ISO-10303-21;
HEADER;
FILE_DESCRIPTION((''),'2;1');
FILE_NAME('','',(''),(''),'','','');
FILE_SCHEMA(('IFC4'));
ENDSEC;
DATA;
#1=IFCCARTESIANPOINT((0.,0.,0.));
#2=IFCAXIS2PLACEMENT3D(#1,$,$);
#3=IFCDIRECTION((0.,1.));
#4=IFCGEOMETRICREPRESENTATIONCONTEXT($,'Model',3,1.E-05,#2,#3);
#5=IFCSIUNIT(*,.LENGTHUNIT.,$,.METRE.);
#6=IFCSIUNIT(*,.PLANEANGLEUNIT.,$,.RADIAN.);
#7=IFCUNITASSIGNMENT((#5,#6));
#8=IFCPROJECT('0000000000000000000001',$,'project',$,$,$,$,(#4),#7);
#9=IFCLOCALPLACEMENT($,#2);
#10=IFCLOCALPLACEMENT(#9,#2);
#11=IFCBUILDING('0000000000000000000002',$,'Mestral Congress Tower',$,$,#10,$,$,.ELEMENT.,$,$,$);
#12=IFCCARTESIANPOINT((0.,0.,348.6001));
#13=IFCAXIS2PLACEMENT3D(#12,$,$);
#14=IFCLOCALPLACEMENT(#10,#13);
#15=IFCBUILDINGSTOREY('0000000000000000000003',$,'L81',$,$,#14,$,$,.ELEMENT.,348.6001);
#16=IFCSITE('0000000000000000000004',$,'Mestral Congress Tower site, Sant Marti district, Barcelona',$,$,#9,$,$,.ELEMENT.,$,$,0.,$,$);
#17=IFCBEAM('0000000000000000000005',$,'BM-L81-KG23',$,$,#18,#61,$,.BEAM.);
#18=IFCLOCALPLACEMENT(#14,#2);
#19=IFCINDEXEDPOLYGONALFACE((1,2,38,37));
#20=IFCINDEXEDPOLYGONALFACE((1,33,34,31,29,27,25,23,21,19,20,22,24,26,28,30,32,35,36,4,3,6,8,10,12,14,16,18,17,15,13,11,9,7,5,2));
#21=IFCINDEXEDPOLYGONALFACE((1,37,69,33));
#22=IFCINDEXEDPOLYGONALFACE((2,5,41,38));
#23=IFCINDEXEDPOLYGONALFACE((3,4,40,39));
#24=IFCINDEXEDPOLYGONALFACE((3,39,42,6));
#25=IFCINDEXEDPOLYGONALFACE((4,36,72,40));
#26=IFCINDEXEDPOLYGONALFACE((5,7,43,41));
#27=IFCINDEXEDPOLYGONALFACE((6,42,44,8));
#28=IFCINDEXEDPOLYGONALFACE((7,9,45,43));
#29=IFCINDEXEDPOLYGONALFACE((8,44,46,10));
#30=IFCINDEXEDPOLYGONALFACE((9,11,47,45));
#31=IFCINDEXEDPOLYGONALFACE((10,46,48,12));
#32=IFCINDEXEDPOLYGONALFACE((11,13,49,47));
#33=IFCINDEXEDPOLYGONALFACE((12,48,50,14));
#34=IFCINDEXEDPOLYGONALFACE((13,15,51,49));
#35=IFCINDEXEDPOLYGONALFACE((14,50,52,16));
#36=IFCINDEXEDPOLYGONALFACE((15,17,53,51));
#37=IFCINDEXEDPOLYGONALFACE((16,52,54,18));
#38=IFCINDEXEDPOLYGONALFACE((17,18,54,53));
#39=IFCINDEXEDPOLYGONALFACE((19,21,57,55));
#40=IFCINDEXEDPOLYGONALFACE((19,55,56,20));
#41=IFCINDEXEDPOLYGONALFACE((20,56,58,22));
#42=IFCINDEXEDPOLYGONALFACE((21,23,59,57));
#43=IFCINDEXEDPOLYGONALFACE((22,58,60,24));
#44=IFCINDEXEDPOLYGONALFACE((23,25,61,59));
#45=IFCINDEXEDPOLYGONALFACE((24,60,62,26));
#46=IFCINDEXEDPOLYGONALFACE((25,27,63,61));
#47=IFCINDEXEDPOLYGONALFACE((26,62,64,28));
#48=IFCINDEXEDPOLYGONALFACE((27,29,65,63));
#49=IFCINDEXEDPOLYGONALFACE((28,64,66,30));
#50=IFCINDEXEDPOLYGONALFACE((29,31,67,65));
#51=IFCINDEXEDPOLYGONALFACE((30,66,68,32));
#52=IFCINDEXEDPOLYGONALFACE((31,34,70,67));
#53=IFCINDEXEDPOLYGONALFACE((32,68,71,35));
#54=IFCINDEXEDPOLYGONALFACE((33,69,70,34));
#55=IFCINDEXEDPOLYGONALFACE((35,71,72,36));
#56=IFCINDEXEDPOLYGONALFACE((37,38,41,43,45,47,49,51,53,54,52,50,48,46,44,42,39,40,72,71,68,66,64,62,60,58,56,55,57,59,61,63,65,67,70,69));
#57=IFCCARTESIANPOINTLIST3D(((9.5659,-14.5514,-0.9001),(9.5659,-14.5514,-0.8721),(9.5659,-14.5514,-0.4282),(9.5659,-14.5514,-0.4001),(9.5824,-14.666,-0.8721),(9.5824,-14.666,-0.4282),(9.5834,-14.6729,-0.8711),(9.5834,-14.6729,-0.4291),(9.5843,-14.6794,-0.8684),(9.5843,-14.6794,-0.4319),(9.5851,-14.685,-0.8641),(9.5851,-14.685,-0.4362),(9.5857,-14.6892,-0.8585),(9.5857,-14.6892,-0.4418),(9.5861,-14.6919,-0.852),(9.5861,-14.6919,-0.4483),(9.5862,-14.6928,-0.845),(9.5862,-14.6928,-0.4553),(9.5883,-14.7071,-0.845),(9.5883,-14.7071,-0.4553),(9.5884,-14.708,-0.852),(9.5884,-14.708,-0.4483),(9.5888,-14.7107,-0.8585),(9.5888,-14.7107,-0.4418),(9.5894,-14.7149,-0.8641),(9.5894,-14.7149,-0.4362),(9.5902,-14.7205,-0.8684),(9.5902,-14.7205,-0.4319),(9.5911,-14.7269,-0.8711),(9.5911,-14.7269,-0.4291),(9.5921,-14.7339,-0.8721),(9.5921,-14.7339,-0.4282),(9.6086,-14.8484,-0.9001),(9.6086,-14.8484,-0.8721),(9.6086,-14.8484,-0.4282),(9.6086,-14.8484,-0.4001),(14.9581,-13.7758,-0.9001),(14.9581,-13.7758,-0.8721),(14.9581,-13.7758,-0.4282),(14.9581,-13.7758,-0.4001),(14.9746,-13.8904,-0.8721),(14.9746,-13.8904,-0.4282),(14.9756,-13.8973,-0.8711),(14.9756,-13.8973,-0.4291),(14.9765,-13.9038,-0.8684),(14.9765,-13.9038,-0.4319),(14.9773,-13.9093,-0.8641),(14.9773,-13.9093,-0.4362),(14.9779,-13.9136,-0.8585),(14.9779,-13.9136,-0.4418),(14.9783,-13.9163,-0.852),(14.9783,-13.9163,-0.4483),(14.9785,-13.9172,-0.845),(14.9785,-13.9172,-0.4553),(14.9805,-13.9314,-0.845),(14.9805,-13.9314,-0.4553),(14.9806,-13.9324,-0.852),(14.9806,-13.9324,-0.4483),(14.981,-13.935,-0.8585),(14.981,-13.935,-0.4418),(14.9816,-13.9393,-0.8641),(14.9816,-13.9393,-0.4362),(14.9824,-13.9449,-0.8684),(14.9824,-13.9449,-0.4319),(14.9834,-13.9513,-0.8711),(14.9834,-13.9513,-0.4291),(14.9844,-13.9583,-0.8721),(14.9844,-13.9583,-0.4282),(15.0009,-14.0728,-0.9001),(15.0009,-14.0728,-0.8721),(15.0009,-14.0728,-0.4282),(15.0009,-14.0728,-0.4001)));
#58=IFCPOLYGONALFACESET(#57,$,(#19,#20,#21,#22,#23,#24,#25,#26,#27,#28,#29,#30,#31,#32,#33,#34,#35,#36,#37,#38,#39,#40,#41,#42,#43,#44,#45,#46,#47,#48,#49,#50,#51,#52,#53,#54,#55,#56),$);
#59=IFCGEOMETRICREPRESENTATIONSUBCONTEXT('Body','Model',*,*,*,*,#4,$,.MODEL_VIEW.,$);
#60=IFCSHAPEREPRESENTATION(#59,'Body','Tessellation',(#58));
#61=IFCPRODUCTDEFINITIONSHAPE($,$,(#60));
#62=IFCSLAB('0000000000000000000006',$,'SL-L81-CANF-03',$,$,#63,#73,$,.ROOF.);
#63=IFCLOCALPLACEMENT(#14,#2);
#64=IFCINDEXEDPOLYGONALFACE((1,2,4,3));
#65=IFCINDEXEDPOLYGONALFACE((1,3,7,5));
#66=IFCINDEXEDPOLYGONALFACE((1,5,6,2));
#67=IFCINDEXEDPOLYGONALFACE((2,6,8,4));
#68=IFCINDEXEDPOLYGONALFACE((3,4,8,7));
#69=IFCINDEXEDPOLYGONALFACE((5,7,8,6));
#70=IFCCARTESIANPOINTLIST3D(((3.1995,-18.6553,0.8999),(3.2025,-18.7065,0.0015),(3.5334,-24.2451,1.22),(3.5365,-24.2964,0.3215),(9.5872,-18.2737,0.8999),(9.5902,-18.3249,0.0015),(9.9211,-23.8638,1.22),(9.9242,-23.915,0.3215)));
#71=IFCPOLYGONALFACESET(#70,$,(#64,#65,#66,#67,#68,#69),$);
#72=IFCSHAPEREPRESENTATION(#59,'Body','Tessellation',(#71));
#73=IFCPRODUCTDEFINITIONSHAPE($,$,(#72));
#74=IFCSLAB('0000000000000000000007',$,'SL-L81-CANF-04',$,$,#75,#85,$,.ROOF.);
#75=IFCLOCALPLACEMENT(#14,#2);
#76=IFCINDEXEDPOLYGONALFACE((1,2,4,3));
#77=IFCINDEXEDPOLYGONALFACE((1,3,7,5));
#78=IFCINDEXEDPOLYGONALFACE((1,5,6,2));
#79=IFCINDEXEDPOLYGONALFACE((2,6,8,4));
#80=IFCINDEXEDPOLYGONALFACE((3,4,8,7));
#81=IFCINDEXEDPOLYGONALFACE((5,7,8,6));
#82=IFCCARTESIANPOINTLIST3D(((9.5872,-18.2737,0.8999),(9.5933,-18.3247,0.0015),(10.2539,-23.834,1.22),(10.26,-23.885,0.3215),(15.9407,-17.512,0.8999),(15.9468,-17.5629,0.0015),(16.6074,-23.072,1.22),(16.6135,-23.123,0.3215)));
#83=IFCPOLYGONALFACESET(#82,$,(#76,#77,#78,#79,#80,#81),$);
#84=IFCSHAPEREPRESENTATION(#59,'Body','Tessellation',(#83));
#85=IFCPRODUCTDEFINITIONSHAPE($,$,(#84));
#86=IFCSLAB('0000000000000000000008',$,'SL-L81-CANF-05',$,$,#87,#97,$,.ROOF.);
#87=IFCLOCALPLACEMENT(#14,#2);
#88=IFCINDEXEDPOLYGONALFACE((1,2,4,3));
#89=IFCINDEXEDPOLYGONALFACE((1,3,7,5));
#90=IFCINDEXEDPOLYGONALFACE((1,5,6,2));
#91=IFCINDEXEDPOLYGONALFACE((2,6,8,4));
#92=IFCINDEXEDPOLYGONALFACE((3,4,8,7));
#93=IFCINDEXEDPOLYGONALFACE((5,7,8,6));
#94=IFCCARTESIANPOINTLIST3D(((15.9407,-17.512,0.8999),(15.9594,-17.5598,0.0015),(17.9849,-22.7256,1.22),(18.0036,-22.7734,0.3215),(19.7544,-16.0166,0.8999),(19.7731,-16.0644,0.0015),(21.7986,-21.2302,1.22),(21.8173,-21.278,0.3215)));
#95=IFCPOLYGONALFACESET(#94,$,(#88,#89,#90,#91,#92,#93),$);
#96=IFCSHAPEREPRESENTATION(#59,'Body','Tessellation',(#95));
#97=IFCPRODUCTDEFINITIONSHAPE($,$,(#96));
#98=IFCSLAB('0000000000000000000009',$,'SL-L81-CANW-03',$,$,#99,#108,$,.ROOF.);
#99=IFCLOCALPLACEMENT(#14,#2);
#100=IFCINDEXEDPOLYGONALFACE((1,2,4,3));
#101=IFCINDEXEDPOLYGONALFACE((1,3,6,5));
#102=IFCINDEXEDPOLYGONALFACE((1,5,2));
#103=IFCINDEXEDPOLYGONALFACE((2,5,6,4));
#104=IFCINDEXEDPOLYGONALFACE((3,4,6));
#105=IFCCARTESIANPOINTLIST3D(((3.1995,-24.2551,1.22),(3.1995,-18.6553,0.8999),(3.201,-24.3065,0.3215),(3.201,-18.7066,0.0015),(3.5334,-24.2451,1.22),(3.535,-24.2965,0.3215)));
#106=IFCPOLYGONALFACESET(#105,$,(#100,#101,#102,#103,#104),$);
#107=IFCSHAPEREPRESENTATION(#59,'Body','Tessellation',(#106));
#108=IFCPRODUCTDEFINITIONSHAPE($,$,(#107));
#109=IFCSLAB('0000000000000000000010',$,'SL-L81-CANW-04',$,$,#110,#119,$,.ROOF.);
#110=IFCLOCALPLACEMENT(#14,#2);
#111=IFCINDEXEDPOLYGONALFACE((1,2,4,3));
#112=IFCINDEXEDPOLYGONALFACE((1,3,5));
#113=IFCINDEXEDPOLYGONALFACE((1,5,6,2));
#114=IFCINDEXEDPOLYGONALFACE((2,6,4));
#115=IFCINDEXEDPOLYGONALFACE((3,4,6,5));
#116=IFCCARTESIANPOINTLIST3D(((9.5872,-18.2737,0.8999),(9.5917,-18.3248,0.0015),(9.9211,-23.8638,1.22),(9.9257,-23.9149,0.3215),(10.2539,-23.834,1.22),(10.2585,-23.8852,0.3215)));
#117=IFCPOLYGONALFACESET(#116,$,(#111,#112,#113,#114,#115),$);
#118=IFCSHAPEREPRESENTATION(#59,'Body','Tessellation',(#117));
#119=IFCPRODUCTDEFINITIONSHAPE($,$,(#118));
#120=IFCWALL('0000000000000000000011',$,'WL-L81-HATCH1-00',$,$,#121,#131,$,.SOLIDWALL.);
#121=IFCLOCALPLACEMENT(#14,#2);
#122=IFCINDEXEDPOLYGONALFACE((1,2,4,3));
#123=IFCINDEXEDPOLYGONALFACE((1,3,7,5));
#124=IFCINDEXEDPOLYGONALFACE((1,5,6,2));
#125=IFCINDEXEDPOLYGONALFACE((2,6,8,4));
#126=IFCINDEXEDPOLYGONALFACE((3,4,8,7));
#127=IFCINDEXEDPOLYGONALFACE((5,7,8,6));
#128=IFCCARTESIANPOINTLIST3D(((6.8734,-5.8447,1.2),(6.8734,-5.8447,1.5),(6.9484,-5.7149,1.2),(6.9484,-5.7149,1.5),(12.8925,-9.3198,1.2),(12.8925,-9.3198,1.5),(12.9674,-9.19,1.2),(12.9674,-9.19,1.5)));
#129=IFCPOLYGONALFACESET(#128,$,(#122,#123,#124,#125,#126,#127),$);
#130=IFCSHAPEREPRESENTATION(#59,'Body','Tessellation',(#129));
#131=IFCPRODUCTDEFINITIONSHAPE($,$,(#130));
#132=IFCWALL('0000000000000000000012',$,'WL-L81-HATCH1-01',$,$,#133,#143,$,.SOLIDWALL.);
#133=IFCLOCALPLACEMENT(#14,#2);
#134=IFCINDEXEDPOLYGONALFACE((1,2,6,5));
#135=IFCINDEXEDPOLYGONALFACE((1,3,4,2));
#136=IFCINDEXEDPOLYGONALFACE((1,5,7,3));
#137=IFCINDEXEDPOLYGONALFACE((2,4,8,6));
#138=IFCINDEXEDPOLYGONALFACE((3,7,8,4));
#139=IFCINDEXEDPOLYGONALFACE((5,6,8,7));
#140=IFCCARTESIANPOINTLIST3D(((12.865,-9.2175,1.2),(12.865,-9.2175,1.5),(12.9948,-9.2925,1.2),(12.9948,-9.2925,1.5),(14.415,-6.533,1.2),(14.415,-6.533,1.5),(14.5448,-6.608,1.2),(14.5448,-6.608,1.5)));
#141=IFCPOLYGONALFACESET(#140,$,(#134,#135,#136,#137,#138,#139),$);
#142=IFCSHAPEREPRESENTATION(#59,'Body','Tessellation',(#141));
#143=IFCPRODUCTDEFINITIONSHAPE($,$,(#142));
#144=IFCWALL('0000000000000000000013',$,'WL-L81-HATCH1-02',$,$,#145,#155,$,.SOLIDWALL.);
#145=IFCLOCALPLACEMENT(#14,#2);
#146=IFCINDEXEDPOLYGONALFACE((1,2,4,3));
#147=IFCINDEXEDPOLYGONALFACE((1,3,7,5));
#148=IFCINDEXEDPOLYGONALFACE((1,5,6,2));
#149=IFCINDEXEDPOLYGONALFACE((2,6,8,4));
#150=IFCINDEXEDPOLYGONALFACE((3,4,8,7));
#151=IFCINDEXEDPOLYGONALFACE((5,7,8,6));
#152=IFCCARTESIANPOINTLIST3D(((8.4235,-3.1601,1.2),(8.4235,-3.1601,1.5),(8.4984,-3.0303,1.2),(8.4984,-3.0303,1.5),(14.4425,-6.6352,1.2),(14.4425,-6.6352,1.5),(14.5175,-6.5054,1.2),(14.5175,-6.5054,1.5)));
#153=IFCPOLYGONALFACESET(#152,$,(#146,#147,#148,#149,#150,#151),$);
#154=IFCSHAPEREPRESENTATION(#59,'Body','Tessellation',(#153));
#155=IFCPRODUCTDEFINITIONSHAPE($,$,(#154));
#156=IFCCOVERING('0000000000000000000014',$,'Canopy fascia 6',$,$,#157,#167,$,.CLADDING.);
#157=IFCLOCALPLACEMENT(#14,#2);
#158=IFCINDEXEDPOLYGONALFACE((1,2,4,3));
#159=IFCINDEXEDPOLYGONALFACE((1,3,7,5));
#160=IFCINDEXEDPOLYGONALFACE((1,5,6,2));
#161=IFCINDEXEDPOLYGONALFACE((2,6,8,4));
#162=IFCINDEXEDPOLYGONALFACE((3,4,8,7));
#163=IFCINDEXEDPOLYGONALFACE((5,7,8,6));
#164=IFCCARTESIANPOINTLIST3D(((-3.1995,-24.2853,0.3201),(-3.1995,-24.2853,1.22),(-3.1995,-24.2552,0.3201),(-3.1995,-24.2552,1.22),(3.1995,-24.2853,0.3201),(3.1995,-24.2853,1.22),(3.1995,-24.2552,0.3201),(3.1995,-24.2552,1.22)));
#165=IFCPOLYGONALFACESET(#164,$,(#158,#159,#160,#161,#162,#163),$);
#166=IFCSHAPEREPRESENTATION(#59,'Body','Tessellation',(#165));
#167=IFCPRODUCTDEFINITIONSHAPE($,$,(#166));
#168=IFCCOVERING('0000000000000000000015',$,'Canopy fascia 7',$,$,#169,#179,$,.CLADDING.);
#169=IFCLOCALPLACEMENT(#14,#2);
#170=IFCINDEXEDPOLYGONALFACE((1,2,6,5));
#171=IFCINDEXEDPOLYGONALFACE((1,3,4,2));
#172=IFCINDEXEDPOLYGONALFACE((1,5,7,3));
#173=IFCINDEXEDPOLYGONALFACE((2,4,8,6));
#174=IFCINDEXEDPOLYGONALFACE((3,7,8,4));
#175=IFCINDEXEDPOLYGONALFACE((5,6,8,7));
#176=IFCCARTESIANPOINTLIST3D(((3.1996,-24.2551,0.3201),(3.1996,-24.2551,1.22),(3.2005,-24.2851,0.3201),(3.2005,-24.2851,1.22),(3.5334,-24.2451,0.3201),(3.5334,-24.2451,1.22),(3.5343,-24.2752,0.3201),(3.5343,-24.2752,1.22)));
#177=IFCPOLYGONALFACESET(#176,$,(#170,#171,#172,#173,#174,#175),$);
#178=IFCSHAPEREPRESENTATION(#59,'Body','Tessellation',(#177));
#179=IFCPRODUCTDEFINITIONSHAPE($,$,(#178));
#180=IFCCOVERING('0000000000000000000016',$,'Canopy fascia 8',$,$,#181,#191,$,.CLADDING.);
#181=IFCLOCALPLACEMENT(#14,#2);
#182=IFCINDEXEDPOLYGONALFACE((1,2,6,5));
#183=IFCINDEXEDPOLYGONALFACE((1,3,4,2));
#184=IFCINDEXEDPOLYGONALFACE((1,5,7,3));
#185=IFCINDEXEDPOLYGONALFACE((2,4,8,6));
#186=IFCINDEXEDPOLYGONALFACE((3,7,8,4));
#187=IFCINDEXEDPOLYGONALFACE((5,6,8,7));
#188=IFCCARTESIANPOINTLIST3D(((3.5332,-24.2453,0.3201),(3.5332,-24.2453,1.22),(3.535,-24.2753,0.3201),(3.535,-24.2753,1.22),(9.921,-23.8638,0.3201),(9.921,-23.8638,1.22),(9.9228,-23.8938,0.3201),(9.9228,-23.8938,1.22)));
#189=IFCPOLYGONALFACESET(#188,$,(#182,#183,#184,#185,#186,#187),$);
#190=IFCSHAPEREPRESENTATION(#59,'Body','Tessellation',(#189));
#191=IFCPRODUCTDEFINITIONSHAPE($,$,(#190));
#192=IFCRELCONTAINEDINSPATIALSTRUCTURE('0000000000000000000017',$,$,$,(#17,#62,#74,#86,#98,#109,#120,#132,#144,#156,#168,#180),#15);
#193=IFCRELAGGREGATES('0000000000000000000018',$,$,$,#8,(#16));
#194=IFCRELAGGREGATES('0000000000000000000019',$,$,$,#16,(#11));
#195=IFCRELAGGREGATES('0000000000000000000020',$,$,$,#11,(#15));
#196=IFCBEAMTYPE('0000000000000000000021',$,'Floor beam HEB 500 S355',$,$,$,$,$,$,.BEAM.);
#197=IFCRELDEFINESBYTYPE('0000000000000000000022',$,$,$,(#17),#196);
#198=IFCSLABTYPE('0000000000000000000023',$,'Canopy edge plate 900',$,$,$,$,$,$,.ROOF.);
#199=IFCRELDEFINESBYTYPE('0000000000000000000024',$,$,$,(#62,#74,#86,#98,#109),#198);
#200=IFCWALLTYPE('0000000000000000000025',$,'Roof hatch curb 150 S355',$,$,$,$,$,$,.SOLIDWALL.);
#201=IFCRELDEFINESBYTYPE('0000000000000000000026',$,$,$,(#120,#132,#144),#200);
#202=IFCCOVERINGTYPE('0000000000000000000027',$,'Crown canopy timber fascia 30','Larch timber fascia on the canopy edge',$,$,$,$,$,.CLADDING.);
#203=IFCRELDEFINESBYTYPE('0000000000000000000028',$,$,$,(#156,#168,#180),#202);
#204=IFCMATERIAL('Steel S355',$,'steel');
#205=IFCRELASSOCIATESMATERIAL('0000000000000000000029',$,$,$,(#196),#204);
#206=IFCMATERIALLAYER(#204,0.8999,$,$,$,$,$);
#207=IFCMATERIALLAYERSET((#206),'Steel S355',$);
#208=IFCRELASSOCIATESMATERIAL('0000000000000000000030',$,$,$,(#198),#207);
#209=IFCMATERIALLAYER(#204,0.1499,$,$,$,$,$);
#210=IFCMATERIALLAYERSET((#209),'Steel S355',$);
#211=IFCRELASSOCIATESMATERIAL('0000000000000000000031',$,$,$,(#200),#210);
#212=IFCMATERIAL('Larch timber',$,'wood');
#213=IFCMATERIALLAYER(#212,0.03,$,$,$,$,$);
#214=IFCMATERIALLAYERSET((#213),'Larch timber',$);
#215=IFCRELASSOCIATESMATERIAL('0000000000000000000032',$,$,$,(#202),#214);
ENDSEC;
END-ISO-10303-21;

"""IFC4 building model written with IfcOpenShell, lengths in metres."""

from ifc_helpers import new_model, si_unit, direction, frame, frame_2d, origin, origin_2d, place, context, subcontext, project, spatial, polyline, rectangle, i_section, outline, extrude, material, layer, layer_set, material_profile, profile_set, type_object, element, save


model = new_model("IFC4")

# Units and contexts
model_context = context("Model", 3, precision=1e-05, world=origin(), true_north=direction((0.0, 1.0)))
body_context = subcontext(model_context, "Body", "Model", "MODEL_VIEW")
ifc_project = project(units=[si_unit("LENGTHUNIT", "METRE"), si_unit("PLANEANGLEUNIT", "RADIAN")], contexts=[model_context])

# Site, building, storey
site_placement = place(None, origin())
site = spatial("IfcSite", under=ifc_project, at=site_placement, Name="Mestral Congress Tower site, Sant Marti district, Barcelona", CompositionType="ELEMENT", RefElevation=0.0)
building_placement = place(site_placement, origin())
building = spatial("IfcBuilding", under=site, at=building_placement, Name="Mestral Congress Tower", CompositionType="ELEMENT")
storey_placement = place(building_placement, frame((0.0, 0.0, 348.6001)))
storey = spatial("IfcBuildingStorey", under=building, at=storey_placement, Name="L81", CompositionType="ELEMENT", Elevation=348.6001)

# Beam
ifc_material_1 = material(Name="Steel S355", Category="steel")
ifc_material_profile_1 = material_profile(ifc_material_1, i_section(OverallWidth=0.3, OverallDepth=0.5, WebThickness=0.0144, FlangeThickness=0.0281, FilletRadius=0.0271, at=origin_2d()), Name="HEB 500")
ifc_profile_set_1 = profile_set([ifc_material_profile_1], Name="Steel S355")
beam_type_1 = type_object("IfcBeamType", Name="Floor beam HEB 500 S355", PredefinedType="BEAM", material=ifc_profile_set_1)
beam_1_placement = place(storey_placement, frame((14.9795, -13.9243, -0.6501), z_axis=(-0.989813, -0.142375, 0.0), x_axis=(0.142375, -0.989813, 0.0)))
element("IfcBeam", 1, at=beam_1_placement, inside=storey, type_object=beam_type_1, Name="BM-L81-KG23", PredefinedType="BEAM", context=body_context, shape_type="SweptSolid", body=[
    extrude(i_section(OverallWidth=0.3, OverallDepth=0.5, WebThickness=0.0144, FlangeThickness=0.0281, FilletRadius=0.0271, at=origin_2d()), origin(), (0.0, 0.0, 1.0), 5.4478),
])

# Slabs
ifc_layer_1 = layer(ifc_material_1, 0.8999)
ifc_layer_set_1 = layer_set([ifc_layer_1], Name="Steel S355")
slab_type = type_object("IfcSlabType", Name="Canopy edge plate 900", PredefinedType="ROOF", material=ifc_layer_set_1)
slab_1_placement = place(storey_placement, frame((3.1995, -18.6553, 0.8999), z_axis=(-0.003402, 0.056961, 0.998371), x_axis=(0.99822, 0.059632, -0.000001)))
element("IfcSlab", 2, at=slab_1_placement, inside=storey, type_object=slab_type, Name="SL-L81-CANF-03", PredefinedType="ROOF", context=body_context, shape_type="SweptSolid", body=[
    extrude(outline(polyline([(0.0, 0.0), (6.3991, 0.0), (6.3991, -5.6092), (0.0001, -5.609), (0.0, 0.0)])), origin(), (0.0, 0.0, -1.0), 0.8999),
])
slab_2_placement = place(storey_placement, frame((9.5872, -18.2737, 0.8999), z_axis=(-0.006794, 0.056656, 0.998371), x_axis=(0.99289, 0.119037, 0.000001)))
element("IfcSlab", 3, at=slab_2_placement, inside=storey, type_object=slab_type, Name="SL-L81-CANF-04", PredefinedType="ROOF", context=body_context, shape_type="SweptSolid", body=[
    extrude(outline(polyline([(0.0, 0.0), (6.399, 0.0), (6.3992, -5.609), (0.0001, -5.6093), (0.0, 0.0)])), origin(), (0.0, 0.0, -1.0), 0.8999),
])
slab_3_placement = place(storey_placement, frame((15.9407, -17.512, 0.8999), z_axis=(-0.02083, 0.053124, 0.998371), x_axis=(0.930991, 0.365042, 0.0)))
element("IfcSlab", 4, at=slab_3_placement, inside=storey, type_object=slab_type, Name="SL-L81-CANF-05", PredefinedType="ROOF", context=body_context, shape_type="SweptSolid", body=[
    extrude(outline(polyline([(0.0, 0.0), (4.0964, 0.0), (4.0963, -5.6092), (-0.0001, -5.6092), (0.0, 0.0)])), origin(), (0.0, 0.0, -1.0), 0.8999),
])
slab_4_placement = place(storey_placement, frame((3.1995, -18.6553, 0.8999), z_axis=(-0.00171, 0.057063, 0.998369), x_axis=(0.0, -0.998371, 0.057063)))
element("IfcSlab", 5, at=slab_4_placement, inside=storey, type_object=slab_type, Name="SL-L81-CANW-03", PredefinedType="ROOF", context=body_context, shape_type="SweptSolid", body=[
    extrude(outline(polyline([(0.0, 0.0), (5.609, 0.0), (5.599, 0.334), (0.0, 0.0)])), origin(), (0.0, 0.0, -1.0), 0.8999),
])
slab_5_placement = place(storey_placement, frame((9.5872, -18.2737, 0.8999), z_axis=(-0.005089, 0.056859, 0.998369), x_axis=(0.059542, -0.996594, 0.057061)))
element("IfcSlab", 6, at=slab_5_placement, inside=storey, type_object=slab_type, Name="SL-L81-CANW-04", PredefinedType="ROOF", context=body_context, shape_type="SweptSolid", body=[
    extrude(outline(polyline([(0.0, 0.0), (5.6092, 0.0), (5.5993, 0.3339), (0.0, 0.0)])), origin(), (0.0, 0.0, -1.0), 0.8999),
])

# Walls
ifc_layer_2 = layer(ifc_material_1, 0.1499)
ifc_layer_set_2 = layer_set([ifc_layer_2], Name="Steel S355")
wall_type = type_object("IfcWallType", Name="Roof hatch curb 150 S355", PredefinedType="SOLIDWALL", material=ifc_layer_set_2)
wall_1_placement = place(storey_placement, frame((6.9109, -5.7798, 1.2), z_axis=(0.0, 0.0, 1.0), x_axis=(0.866025, -0.5, 0.0)))
element("IfcWall", 7, at=wall_1_placement, inside=storey, type_object=wall_type, Name="WL-L81-HATCH1-00", PredefinedType="SOLIDWALL", context=body_context, shape_type="SweptSolid", body=[
    extrude(rectangle(XDim=6.9502, YDim=0.1499, at=frame_2d((3.4751, 0.0))), origin(), (0.0, 0.0, 1.0), 0.3),
])
wall_2_placement = place(storey_placement, frame((12.9299, -9.2549, 1.2), z_axis=(0.0, 0.0, 1.0), x_axis=(0.500027, 0.86601, 0.0)))
element("IfcWall", 8, at=wall_2_placement, inside=storey, type_object=wall_type, Name="WL-L81-HATCH1-01", PredefinedType="SOLIDWALL", context=body_context, shape_type="SweptSolid", body=[
    extrude(rectangle(XDim=3.0999, YDim=0.1499, at=frame_2d((1.5498, 0.0))), origin(), (0.0, 0.0, 1.0), 0.3),
])
wall_3_placement = place(storey_placement, frame((14.48, -6.5703, 1.2), z_axis=(0.0, 0.0, 1.0), x_axis=(-0.866025, 0.5, 0.0)))
element("IfcWall", 9, at=wall_3_placement, inside=storey, type_object=wall_type, Name="WL-L81-HATCH1-02", PredefinedType="SOLIDWALL", context=body_context, shape_type="SweptSolid", body=[
    extrude(rectangle(XDim=6.9502, YDim=0.1499, at=frame_2d((3.4751, 0.0))), origin(), (0.0, 0.0, 1.0), 0.3),
])

# Coverings
ifc_material_2 = material(Name="Larch timber", Category="wood")
ifc_layer_3 = layer(ifc_material_2, 0.03)
ifc_layer_set_3 = layer_set([ifc_layer_3], Name="Larch timber")
covering_type_1 = type_object("IfcCoveringType", Name="Crown canopy timber fascia 30", Description="Larch timber fascia on the canopy edge", PredefinedType="CLADDING", material=ifc_layer_set_3)
covering_1_placement = place(storey_placement, frame((0.0, -24.2703, 0.3201), z_axis=(0.0, 0.0, 1.0), x_axis=(1.0, 0.0, 0.0)))
element("IfcCovering", 10, at=covering_1_placement, inside=storey, type_object=covering_type_1, Name="Canopy fascia 6", PredefinedType="CLADDING", context=body_context, shape_type="SweptSolid", body=[
    extrude(rectangle(XDim=6.3989, YDim=0.03, at=origin_2d()), origin(), (0.0, 0.0, 1.0), 0.8999),
])
covering_2_placement = place(storey_placement, frame((3.3669, -24.2651, 0.3201), z_axis=(0.0, 0.0, 1.0), x_axis=(0.999555, 0.029822, 0.0)))
element("IfcCovering", 11, at=covering_2_placement, inside=storey, type_object=covering_type_1, Name="Canopy fascia 7", PredefinedType="CLADDING", context=body_context, shape_type="SweptSolid", body=[
    extrude(rectangle(XDim=0.334, YDim=0.03, at=origin_2d()), origin(), (0.0, 0.0, 1.0), 0.8999),
])
covering_3_placement = place(storey_placement, frame((6.728, -24.0696, 0.3201), z_axis=(0.0, 0.0, 1.0), x_axis=(0.998221, 0.059618, 0.0)))
element("IfcCovering", 12, at=covering_3_placement, inside=storey, type_object=covering_type_1, Name="Canopy fascia 8", PredefinedType="CLADDING", context=body_context, shape_type="SweptSolid", body=[
    extrude(rectangle(XDim=6.3992, YDim=0.03, at=origin_2d()), origin(), (0.0, 0.0, 1.0), 0.8999),
])

save(model, "model.ifc")
